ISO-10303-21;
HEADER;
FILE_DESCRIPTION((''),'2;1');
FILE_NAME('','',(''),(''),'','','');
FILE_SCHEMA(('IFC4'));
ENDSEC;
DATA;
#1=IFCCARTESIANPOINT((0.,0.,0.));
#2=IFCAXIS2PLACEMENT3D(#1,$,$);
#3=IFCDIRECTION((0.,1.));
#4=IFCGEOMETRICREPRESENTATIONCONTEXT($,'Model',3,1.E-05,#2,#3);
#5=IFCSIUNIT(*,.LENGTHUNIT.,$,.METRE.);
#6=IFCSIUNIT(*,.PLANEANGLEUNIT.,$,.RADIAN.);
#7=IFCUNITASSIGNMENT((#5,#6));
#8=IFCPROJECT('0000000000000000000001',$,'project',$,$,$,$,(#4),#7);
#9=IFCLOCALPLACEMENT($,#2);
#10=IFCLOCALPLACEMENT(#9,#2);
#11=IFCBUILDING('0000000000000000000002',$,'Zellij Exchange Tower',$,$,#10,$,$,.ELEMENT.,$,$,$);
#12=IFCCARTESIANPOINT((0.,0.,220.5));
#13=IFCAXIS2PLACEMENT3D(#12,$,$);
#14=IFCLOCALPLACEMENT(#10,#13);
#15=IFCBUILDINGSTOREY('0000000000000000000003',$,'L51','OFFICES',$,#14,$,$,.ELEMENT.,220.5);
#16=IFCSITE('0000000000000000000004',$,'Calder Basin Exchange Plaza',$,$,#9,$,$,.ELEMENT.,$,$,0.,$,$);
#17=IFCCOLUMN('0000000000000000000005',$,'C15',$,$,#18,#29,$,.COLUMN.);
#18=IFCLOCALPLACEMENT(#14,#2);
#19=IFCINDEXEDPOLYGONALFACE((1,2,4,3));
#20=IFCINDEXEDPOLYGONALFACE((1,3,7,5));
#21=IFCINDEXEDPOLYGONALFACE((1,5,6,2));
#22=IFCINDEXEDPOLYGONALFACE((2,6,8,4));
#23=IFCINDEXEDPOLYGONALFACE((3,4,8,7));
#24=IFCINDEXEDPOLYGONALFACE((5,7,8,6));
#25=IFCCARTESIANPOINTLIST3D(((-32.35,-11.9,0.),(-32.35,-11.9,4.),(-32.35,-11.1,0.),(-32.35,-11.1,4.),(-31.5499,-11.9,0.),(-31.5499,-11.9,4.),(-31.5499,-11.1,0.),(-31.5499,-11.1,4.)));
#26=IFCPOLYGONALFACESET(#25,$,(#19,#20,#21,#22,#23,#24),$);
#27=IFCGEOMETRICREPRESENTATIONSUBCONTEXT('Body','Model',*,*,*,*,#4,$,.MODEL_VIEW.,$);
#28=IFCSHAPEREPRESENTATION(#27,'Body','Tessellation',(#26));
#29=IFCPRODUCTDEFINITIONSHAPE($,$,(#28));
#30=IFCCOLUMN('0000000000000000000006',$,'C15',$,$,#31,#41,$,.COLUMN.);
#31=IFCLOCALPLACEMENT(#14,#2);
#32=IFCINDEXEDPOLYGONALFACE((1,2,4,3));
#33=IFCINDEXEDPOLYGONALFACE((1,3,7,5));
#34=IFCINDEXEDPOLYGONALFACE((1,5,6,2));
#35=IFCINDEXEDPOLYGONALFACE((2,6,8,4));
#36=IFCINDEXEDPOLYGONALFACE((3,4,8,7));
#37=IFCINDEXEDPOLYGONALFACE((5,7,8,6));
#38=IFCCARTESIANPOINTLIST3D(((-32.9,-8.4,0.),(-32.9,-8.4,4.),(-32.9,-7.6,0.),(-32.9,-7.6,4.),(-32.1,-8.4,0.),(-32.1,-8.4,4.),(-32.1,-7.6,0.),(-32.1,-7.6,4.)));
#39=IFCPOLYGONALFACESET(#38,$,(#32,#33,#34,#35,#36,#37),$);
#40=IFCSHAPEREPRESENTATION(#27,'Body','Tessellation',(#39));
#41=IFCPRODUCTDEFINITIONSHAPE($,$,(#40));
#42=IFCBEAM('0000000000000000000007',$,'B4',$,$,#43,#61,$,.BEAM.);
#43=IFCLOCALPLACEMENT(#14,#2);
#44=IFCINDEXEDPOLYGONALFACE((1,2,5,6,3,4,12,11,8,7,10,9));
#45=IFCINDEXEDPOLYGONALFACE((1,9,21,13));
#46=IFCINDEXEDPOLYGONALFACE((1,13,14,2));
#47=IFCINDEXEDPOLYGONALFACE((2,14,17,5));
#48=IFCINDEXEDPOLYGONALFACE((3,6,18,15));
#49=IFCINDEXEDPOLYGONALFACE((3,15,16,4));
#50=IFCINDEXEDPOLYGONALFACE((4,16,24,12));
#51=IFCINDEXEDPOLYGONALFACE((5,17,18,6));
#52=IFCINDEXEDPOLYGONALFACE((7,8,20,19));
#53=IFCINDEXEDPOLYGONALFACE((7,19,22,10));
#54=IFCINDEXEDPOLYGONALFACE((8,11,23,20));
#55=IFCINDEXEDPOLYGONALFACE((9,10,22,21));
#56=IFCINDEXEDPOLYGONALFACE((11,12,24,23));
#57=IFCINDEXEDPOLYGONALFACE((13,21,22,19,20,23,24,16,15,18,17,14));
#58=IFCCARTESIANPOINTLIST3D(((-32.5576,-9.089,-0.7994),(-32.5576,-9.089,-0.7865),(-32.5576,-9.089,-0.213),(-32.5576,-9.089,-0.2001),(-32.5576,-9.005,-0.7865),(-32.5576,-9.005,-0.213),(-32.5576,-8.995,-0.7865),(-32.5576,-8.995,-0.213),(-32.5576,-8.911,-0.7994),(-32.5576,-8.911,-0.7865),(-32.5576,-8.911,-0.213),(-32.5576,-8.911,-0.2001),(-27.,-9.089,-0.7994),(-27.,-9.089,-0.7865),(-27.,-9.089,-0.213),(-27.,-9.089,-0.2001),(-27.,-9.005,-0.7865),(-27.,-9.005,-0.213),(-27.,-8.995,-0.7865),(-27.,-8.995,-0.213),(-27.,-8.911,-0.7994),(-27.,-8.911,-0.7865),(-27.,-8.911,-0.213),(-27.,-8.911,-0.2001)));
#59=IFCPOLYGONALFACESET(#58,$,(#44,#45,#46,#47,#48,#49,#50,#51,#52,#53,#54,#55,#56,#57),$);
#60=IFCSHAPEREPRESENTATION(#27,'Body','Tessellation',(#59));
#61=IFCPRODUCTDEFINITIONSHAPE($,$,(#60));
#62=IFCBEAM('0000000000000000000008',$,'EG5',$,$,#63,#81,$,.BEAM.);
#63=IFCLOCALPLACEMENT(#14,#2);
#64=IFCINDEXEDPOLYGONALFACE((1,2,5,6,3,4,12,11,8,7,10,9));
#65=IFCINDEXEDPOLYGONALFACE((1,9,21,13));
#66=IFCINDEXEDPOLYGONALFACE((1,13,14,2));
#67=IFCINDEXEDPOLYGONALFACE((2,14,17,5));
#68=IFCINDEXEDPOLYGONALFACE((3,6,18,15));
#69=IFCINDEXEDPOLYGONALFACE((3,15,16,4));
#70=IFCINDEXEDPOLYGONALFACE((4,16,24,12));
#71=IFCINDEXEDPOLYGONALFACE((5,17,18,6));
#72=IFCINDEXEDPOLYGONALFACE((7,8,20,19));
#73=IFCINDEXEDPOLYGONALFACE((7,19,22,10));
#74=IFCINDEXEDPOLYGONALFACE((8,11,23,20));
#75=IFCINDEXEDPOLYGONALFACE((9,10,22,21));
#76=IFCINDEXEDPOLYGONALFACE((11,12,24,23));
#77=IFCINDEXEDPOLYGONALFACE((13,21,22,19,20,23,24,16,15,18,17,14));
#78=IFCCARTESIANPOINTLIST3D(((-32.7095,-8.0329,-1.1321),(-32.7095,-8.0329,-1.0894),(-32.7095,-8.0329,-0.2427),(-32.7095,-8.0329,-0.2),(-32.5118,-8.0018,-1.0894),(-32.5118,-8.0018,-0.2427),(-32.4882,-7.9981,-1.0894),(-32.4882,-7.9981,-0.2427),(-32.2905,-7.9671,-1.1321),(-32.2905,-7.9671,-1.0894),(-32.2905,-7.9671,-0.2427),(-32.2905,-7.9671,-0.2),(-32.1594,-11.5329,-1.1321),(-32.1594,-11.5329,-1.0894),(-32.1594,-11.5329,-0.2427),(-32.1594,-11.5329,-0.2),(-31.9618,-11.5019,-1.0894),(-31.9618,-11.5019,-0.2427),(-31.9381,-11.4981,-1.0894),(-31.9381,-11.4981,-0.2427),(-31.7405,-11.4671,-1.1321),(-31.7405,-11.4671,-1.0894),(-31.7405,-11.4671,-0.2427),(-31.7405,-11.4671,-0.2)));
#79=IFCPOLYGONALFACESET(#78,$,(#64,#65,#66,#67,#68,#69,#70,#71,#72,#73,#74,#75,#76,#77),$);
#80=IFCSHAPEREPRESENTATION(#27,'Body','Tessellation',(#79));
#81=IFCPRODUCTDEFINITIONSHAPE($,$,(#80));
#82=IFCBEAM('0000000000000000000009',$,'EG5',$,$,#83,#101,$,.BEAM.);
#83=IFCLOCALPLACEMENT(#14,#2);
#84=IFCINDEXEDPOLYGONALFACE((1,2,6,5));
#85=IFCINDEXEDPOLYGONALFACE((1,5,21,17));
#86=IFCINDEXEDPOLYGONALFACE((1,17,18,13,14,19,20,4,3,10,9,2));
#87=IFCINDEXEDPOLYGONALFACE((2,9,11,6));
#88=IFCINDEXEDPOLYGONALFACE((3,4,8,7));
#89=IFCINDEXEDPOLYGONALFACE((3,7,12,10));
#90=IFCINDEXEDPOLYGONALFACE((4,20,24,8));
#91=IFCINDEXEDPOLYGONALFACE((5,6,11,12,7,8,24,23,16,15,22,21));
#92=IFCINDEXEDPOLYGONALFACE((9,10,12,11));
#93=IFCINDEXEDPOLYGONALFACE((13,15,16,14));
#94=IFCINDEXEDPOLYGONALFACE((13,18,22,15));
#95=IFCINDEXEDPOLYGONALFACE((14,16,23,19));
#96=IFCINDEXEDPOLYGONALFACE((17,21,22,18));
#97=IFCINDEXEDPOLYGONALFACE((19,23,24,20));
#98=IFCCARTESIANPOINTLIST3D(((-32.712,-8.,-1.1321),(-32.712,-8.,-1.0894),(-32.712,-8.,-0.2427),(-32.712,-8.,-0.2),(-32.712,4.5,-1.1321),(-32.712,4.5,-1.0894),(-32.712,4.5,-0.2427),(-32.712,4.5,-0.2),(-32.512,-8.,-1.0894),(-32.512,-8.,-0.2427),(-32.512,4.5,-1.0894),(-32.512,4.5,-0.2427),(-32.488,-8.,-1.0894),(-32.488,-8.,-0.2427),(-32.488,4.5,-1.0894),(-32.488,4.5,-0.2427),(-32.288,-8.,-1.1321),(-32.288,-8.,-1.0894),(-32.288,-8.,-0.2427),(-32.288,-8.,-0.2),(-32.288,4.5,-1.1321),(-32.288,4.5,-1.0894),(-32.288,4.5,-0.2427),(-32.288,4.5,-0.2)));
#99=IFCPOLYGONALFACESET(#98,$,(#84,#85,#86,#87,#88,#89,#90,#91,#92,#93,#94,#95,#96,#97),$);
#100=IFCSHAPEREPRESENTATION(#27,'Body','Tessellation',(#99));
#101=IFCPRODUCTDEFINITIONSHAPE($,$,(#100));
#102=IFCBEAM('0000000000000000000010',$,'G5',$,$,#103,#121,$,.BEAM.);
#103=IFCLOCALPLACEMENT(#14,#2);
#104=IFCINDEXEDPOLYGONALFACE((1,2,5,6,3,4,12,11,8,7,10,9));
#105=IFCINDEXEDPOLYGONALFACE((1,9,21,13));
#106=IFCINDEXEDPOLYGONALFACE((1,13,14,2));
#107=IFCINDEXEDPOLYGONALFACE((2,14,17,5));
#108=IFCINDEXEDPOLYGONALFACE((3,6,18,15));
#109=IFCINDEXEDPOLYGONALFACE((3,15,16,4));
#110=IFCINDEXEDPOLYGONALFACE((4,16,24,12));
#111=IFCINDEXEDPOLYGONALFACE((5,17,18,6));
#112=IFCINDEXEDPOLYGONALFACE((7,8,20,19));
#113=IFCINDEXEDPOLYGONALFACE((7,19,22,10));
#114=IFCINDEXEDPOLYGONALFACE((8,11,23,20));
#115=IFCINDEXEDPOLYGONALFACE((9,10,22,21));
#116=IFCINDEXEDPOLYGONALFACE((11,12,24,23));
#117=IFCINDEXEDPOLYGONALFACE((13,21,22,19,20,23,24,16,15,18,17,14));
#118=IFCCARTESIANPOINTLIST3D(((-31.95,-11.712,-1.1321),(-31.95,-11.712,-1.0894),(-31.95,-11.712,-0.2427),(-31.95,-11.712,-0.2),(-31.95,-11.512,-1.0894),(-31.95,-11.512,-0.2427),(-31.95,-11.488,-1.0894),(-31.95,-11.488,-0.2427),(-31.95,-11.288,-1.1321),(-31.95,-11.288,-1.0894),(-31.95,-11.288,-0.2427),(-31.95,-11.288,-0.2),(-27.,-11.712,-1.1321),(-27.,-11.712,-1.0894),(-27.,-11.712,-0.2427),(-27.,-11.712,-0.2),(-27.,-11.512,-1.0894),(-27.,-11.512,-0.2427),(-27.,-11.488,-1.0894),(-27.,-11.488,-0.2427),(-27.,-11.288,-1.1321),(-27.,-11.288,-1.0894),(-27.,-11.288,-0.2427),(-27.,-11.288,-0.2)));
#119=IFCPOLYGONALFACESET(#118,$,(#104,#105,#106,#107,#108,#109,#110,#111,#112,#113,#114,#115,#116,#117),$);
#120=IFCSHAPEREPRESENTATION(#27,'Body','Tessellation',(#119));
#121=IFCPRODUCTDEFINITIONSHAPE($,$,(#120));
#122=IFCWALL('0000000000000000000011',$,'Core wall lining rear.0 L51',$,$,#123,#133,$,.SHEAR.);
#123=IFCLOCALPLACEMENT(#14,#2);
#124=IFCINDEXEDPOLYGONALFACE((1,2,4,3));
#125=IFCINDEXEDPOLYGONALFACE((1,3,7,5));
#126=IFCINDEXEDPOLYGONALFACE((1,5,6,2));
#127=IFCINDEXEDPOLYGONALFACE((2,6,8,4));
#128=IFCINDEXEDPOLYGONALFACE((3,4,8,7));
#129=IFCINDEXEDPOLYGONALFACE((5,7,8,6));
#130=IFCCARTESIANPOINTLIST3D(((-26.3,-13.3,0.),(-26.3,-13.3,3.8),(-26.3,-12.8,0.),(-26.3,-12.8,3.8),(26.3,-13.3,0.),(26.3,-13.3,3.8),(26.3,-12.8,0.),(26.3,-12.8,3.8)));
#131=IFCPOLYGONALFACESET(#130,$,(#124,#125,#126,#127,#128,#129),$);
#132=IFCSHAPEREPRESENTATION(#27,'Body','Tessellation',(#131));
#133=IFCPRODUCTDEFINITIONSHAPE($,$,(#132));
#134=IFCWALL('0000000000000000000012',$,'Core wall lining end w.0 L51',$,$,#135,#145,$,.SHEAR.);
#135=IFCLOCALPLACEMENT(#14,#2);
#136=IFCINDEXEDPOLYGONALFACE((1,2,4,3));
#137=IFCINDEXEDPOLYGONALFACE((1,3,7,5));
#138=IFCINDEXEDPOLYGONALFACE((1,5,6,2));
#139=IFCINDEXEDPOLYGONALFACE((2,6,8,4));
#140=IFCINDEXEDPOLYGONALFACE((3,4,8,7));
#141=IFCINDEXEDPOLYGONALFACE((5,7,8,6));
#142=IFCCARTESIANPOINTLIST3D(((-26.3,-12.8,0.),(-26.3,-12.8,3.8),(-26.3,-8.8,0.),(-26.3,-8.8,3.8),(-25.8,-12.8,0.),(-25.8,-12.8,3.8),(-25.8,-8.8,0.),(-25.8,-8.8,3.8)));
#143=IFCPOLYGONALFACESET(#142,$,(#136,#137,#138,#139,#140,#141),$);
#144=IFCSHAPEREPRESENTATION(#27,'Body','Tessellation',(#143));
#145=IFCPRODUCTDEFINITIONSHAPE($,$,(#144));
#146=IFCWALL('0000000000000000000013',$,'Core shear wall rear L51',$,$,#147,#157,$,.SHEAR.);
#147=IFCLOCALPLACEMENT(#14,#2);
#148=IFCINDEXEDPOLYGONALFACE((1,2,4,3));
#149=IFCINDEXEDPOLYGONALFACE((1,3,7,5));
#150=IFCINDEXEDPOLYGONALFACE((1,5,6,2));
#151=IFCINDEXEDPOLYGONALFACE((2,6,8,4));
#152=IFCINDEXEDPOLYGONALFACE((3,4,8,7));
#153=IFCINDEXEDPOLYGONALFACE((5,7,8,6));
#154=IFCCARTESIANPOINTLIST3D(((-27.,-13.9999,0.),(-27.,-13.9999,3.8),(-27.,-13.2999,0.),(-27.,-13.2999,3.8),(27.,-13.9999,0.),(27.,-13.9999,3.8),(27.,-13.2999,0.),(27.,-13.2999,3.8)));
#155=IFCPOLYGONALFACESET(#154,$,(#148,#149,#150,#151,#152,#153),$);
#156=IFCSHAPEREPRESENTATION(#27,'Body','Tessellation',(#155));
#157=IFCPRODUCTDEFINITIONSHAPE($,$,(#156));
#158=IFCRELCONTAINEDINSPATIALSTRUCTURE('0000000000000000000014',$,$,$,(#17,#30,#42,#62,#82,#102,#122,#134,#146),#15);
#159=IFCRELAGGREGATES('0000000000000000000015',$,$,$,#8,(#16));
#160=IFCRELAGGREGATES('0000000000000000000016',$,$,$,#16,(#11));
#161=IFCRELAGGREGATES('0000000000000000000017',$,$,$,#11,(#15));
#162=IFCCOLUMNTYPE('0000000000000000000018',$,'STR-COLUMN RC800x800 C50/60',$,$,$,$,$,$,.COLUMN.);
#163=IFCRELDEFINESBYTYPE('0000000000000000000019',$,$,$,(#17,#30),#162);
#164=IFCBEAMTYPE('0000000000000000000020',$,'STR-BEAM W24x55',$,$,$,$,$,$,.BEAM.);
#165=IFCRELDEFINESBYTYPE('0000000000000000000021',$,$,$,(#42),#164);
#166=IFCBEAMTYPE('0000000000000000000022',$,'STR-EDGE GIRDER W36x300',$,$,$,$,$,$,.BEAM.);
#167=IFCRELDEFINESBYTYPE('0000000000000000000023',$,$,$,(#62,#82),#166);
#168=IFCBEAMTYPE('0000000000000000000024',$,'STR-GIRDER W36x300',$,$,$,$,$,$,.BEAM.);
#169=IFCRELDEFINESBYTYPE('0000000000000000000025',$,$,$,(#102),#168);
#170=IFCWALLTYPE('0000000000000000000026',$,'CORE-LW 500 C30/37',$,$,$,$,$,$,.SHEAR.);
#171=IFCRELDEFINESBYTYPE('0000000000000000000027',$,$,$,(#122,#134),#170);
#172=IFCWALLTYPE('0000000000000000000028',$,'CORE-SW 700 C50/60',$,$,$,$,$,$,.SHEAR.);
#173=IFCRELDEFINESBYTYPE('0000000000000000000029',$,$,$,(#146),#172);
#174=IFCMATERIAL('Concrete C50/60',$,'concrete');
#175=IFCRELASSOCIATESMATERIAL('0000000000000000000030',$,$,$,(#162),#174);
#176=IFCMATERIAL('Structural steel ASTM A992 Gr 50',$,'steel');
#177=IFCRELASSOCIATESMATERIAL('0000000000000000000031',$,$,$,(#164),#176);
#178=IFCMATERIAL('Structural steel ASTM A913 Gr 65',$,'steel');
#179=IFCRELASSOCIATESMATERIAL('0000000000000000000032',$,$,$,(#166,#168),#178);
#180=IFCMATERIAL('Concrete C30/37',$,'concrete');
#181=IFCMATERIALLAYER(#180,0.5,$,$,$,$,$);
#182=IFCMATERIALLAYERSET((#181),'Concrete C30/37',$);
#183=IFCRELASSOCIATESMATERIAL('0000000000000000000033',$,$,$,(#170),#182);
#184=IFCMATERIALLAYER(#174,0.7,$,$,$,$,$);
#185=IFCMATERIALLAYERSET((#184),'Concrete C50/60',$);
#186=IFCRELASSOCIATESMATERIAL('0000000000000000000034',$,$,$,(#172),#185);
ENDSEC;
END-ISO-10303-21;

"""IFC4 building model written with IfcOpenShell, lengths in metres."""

from ifc_helpers import new_model, si_unit, direction, frame, frame_2d, origin, origin_2d, place, context, subcontext, project, spatial, rectangle, i_section, extrude, material, layer, layer_set, material_profile, profile_set, type_object, element, save


model = new_model("IFC4")

# Units and contexts
model_context = context("Model", 3, precision=1e-05, world=origin(), true_north=direction((0.0, 1.0)))
body_context = subcontext(model_context, "Body", "Model", "MODEL_VIEW")
ifc_project = project(units=[si_unit("LENGTHUNIT", "METRE"), si_unit("PLANEANGLEUNIT", "RADIAN")], contexts=[model_context])

# Site, building, storey
site_placement = place(None, origin())
site = spatial("IfcSite", under=ifc_project, at=site_placement, Name="Calder Basin Exchange Plaza", CompositionType="ELEMENT", RefElevation=0.0)
building_placement = place(site_placement, origin())
building = spatial("IfcBuilding", under=site, at=building_placement, Name="Zellij Exchange Tower", CompositionType="ELEMENT")
storey_placement = place(building_placement, frame((0.0, 0.0, 220.5)))
storey = spatial("IfcBuildingStorey", under=building, at=storey_placement, Name="L51", Description="OFFICES", CompositionType="ELEMENT", Elevation=220.5)

# Columns
ifc_material_1 = material(Name="Concrete C50/60", Category="concrete")
ifc_material_profile_1 = material_profile(ifc_material_1, rectangle(XDim=0.8, YDim=0.8, at=origin_2d()), Name="STR-COLUMN RC800x800 C50/60")
ifc_profile_set_1 = profile_set([ifc_material_profile_1], Name="Concrete C50/60")
column_type = type_object("IfcColumnType", Name="STR-COLUMN RC800x800 C50/60", PredefinedType="COLUMN", material=ifc_profile_set_1)
for number, where, z_axis, x_axis, name in (
    (1, (-31.95, -11.5, 0.0), (0.0, 0.0, 1.0), (1.0, 0.0, 0.0), "C15"),
    (2, (-32.5, -8.0, 0.0), (0.0, 0.0, 1.0), (1.0, 0.0, 0.0), "C15"),
):
    element("IfcColumn", number, at=place(storey_placement, frame(where, z_axis=z_axis, x_axis=x_axis)), inside=storey, type_object=column_type, Name=name, PredefinedType="COLUMN", context=body_context, shape_type="SweptSolid", body=[
        extrude(rectangle(XDim=0.8, YDim=0.8, at=origin_2d()), origin(), (0.0, 0.0, 1.0), 4.0),
    ])

# Beams
ifc_material_2 = material(Name="Structural steel ASTM A992 Gr 50", Category="steel")
ifc_material_profile_2 = material_profile(ifc_material_2, i_section(OverallWidth=0.178, OverallDepth=0.5994, WebThickness=0.01, FlangeThickness=0.0129, at=origin_2d()), Name="W24x55")
ifc_profile_set_2 = profile_set([ifc_material_profile_2], Name="Structural steel ASTM A992 Gr 50")
beam_type_1 = type_object("IfcBeamType", Name="STR-BEAM W24x55", PredefinedType="BEAM", material=ifc_profile_set_2)
beam_1_placement = place(storey_placement, frame((-32.5576, -9.0, -0.4998), z_axis=(1.0, 0.0, 0.0), x_axis=(0.0, 1.0, 0.0)))
element("IfcBeam", 3, at=beam_1_placement, inside=storey, type_object=beam_type_1, Name="B4", PredefinedType="BEAM", context=body_context, shape_type="SweptSolid", body=[
    extrude(i_section(OverallWidth=0.178, OverallDepth=0.5994, WebThickness=0.01, FlangeThickness=0.0129, at=origin_2d()), origin(), (0.0, 0.0, 1.0), 5.5576),
])
ifc_material_3 = material(Name="Structural steel ASTM A913 Gr 65", Category="steel")
ifc_material_profile_3 = material_profile(ifc_material_3, i_section(OverallWidth=0.4241, OverallDepth=0.9321, WebThickness=0.0239, FlangeThickness=0.0427, at=origin_2d()), Name="W36x300")
ifc_profile_set_3 = profile_set([ifc_material_profile_3], Name="Structural steel ASTM A913 Gr 65")
beam_type_2 = type_object("IfcBeamType", Name="STR-EDGE GIRDER W36x300", PredefinedType="BEAM", material=ifc_profile_set_3)
beam_2_placement = place(storey_placement, frame((-31.95, -11.5, -0.666), z_axis=(-0.155251, 0.987875, 0.0), x_axis=(-0.987875, -0.155251, 0.0)))
element("IfcBeam", 4, at=beam_2_placement, inside=storey, type_object=beam_type_2, Name="EG5", PredefinedType="BEAM", context=body_context, shape_type="SweptSolid", body=[
    extrude(i_section(OverallWidth=0.4241, OverallDepth=0.9321, WebThickness=0.0239, FlangeThickness=0.0427, at=origin_2d()), origin(), (0.0, 0.0, 1.0), 3.543),
])
beam_3_placement = place(storey_placement, frame((-32.5, -8.0, -0.666), z_axis=(0.0, 1.0, 0.0), x_axis=(-1.0, 0.0, 0.0)))
element("IfcBeam", 5, at=beam_3_placement, inside=storey, type_object=beam_type_2, Name="EG5", PredefinedType="BEAM", context=body_context, shape_type="SweptSolid", body=[
    extrude(i_section(OverallWidth=0.4241, OverallDepth=0.9321, WebThickness=0.0239, FlangeThickness=0.0427, at=origin_2d()), origin(), (0.0, 0.0, 1.0), 12.5),
])
ifc_material_profile_4 = material_profile(ifc_material_3, i_section(OverallWidth=0.4241, OverallDepth=0.9321, WebThickness=0.0239, FlangeThickness=0.0427, at=origin_2d()), Name="W36x300")
ifc_profile_set_4 = profile_set([ifc_material_profile_4], Name="Structural steel ASTM A913 Gr 65")
beam_type_3 = type_object("IfcBeamType", Name="STR-GIRDER W36x300", PredefinedType="BEAM", material=ifc_profile_set_4)
beam_4_placement = place(storey_placement, frame((-31.95, -11.5, -0.666), z_axis=(1.0, 0.0, 0.0), x_axis=(0.0, 1.0, 0.0)))
element("IfcBeam", 6, at=beam_4_placement, inside=storey, type_object=beam_type_3, Name="G5", PredefinedType="BEAM", context=body_context, shape_type="SweptSolid", body=[
    extrude(i_section(OverallWidth=0.4241, OverallDepth=0.9321, WebThickness=0.0239, FlangeThickness=0.0427, at=origin_2d()), origin(), (0.0, 0.0, 1.0), 4.95),
])

# Walls
ifc_material_4 = material(Name="Concrete C30/37", Category="concrete")
ifc_layer_1 = layer(ifc_material_4, 0.5)
ifc_layer_set_1 = layer_set([ifc_layer_1], Name="Concrete C30/37")
wall_type_1 = type_object("IfcWallType", Name="CORE-LW 500 C30/37", PredefinedType="SHEAR", material=ifc_layer_set_1)
wall_1_placement = place(storey_placement, frame((-26.3, -13.05, 0.0), z_axis=(0.0, 0.0, 1.0), x_axis=(1.0, 0.0, 0.0)))
element("IfcWall", 7, at=wall_1_placement, inside=storey, type_object=wall_type_1, Name="Core wall lining rear.0 L51", PredefinedType="SHEAR", context=body_context, shape_type="SweptSolid", body=[
    extrude(rectangle(XDim=52.6001, YDim=0.5, at=frame_2d((26.3, 0.0))), origin(), (0.0, 0.0, 1.0), 3.8),
])
wall_2_placement = place(storey_placement, frame((-26.05, -12.8, 0.0), z_axis=(0.0, 0.0, 1.0), x_axis=(0.0, 1.0, 0.0)))
element("IfcWall", 8, at=wall_2_placement, inside=storey, type_object=wall_type_1, Name="Core wall lining end w.0 L51", PredefinedType="SHEAR", context=body_context, shape_type="SweptSolid", body=[
    extrude(rectangle(XDim=4.0, YDim=0.5, at=frame_2d((2.0, 0.0))), origin(), (0.0, 0.0, 1.0), 3.8),
])
ifc_layer_2 = layer(ifc_material_1, 0.7)
ifc_layer_set_2 = layer_set([ifc_layer_2], Name="Concrete C50/60")
wall_type_2 = type_object("IfcWallType", Name="CORE-SW 700 C50/60", PredefinedType="SHEAR", material=ifc_layer_set_2)
wall_3_placement = place(storey_placement, frame((-27.0, -13.6499, 0.0), z_axis=(0.0, 0.0, 1.0), x_axis=(1.0, 0.0, 0.0)))
element("IfcWall", 9, at=wall_3_placement, inside=storey, type_object=wall_type_2, Name="Core shear wall rear L51", PredefinedType="SHEAR", context=body_context, shape_type="SweptSolid", body=[
    extrude(rectangle(XDim=54.0, YDim=0.7, at=frame_2d((27.0, 0.0))), origin(), (0.0, 0.0, 1.0), 3.8),
])

save(model, "model.ifc")
